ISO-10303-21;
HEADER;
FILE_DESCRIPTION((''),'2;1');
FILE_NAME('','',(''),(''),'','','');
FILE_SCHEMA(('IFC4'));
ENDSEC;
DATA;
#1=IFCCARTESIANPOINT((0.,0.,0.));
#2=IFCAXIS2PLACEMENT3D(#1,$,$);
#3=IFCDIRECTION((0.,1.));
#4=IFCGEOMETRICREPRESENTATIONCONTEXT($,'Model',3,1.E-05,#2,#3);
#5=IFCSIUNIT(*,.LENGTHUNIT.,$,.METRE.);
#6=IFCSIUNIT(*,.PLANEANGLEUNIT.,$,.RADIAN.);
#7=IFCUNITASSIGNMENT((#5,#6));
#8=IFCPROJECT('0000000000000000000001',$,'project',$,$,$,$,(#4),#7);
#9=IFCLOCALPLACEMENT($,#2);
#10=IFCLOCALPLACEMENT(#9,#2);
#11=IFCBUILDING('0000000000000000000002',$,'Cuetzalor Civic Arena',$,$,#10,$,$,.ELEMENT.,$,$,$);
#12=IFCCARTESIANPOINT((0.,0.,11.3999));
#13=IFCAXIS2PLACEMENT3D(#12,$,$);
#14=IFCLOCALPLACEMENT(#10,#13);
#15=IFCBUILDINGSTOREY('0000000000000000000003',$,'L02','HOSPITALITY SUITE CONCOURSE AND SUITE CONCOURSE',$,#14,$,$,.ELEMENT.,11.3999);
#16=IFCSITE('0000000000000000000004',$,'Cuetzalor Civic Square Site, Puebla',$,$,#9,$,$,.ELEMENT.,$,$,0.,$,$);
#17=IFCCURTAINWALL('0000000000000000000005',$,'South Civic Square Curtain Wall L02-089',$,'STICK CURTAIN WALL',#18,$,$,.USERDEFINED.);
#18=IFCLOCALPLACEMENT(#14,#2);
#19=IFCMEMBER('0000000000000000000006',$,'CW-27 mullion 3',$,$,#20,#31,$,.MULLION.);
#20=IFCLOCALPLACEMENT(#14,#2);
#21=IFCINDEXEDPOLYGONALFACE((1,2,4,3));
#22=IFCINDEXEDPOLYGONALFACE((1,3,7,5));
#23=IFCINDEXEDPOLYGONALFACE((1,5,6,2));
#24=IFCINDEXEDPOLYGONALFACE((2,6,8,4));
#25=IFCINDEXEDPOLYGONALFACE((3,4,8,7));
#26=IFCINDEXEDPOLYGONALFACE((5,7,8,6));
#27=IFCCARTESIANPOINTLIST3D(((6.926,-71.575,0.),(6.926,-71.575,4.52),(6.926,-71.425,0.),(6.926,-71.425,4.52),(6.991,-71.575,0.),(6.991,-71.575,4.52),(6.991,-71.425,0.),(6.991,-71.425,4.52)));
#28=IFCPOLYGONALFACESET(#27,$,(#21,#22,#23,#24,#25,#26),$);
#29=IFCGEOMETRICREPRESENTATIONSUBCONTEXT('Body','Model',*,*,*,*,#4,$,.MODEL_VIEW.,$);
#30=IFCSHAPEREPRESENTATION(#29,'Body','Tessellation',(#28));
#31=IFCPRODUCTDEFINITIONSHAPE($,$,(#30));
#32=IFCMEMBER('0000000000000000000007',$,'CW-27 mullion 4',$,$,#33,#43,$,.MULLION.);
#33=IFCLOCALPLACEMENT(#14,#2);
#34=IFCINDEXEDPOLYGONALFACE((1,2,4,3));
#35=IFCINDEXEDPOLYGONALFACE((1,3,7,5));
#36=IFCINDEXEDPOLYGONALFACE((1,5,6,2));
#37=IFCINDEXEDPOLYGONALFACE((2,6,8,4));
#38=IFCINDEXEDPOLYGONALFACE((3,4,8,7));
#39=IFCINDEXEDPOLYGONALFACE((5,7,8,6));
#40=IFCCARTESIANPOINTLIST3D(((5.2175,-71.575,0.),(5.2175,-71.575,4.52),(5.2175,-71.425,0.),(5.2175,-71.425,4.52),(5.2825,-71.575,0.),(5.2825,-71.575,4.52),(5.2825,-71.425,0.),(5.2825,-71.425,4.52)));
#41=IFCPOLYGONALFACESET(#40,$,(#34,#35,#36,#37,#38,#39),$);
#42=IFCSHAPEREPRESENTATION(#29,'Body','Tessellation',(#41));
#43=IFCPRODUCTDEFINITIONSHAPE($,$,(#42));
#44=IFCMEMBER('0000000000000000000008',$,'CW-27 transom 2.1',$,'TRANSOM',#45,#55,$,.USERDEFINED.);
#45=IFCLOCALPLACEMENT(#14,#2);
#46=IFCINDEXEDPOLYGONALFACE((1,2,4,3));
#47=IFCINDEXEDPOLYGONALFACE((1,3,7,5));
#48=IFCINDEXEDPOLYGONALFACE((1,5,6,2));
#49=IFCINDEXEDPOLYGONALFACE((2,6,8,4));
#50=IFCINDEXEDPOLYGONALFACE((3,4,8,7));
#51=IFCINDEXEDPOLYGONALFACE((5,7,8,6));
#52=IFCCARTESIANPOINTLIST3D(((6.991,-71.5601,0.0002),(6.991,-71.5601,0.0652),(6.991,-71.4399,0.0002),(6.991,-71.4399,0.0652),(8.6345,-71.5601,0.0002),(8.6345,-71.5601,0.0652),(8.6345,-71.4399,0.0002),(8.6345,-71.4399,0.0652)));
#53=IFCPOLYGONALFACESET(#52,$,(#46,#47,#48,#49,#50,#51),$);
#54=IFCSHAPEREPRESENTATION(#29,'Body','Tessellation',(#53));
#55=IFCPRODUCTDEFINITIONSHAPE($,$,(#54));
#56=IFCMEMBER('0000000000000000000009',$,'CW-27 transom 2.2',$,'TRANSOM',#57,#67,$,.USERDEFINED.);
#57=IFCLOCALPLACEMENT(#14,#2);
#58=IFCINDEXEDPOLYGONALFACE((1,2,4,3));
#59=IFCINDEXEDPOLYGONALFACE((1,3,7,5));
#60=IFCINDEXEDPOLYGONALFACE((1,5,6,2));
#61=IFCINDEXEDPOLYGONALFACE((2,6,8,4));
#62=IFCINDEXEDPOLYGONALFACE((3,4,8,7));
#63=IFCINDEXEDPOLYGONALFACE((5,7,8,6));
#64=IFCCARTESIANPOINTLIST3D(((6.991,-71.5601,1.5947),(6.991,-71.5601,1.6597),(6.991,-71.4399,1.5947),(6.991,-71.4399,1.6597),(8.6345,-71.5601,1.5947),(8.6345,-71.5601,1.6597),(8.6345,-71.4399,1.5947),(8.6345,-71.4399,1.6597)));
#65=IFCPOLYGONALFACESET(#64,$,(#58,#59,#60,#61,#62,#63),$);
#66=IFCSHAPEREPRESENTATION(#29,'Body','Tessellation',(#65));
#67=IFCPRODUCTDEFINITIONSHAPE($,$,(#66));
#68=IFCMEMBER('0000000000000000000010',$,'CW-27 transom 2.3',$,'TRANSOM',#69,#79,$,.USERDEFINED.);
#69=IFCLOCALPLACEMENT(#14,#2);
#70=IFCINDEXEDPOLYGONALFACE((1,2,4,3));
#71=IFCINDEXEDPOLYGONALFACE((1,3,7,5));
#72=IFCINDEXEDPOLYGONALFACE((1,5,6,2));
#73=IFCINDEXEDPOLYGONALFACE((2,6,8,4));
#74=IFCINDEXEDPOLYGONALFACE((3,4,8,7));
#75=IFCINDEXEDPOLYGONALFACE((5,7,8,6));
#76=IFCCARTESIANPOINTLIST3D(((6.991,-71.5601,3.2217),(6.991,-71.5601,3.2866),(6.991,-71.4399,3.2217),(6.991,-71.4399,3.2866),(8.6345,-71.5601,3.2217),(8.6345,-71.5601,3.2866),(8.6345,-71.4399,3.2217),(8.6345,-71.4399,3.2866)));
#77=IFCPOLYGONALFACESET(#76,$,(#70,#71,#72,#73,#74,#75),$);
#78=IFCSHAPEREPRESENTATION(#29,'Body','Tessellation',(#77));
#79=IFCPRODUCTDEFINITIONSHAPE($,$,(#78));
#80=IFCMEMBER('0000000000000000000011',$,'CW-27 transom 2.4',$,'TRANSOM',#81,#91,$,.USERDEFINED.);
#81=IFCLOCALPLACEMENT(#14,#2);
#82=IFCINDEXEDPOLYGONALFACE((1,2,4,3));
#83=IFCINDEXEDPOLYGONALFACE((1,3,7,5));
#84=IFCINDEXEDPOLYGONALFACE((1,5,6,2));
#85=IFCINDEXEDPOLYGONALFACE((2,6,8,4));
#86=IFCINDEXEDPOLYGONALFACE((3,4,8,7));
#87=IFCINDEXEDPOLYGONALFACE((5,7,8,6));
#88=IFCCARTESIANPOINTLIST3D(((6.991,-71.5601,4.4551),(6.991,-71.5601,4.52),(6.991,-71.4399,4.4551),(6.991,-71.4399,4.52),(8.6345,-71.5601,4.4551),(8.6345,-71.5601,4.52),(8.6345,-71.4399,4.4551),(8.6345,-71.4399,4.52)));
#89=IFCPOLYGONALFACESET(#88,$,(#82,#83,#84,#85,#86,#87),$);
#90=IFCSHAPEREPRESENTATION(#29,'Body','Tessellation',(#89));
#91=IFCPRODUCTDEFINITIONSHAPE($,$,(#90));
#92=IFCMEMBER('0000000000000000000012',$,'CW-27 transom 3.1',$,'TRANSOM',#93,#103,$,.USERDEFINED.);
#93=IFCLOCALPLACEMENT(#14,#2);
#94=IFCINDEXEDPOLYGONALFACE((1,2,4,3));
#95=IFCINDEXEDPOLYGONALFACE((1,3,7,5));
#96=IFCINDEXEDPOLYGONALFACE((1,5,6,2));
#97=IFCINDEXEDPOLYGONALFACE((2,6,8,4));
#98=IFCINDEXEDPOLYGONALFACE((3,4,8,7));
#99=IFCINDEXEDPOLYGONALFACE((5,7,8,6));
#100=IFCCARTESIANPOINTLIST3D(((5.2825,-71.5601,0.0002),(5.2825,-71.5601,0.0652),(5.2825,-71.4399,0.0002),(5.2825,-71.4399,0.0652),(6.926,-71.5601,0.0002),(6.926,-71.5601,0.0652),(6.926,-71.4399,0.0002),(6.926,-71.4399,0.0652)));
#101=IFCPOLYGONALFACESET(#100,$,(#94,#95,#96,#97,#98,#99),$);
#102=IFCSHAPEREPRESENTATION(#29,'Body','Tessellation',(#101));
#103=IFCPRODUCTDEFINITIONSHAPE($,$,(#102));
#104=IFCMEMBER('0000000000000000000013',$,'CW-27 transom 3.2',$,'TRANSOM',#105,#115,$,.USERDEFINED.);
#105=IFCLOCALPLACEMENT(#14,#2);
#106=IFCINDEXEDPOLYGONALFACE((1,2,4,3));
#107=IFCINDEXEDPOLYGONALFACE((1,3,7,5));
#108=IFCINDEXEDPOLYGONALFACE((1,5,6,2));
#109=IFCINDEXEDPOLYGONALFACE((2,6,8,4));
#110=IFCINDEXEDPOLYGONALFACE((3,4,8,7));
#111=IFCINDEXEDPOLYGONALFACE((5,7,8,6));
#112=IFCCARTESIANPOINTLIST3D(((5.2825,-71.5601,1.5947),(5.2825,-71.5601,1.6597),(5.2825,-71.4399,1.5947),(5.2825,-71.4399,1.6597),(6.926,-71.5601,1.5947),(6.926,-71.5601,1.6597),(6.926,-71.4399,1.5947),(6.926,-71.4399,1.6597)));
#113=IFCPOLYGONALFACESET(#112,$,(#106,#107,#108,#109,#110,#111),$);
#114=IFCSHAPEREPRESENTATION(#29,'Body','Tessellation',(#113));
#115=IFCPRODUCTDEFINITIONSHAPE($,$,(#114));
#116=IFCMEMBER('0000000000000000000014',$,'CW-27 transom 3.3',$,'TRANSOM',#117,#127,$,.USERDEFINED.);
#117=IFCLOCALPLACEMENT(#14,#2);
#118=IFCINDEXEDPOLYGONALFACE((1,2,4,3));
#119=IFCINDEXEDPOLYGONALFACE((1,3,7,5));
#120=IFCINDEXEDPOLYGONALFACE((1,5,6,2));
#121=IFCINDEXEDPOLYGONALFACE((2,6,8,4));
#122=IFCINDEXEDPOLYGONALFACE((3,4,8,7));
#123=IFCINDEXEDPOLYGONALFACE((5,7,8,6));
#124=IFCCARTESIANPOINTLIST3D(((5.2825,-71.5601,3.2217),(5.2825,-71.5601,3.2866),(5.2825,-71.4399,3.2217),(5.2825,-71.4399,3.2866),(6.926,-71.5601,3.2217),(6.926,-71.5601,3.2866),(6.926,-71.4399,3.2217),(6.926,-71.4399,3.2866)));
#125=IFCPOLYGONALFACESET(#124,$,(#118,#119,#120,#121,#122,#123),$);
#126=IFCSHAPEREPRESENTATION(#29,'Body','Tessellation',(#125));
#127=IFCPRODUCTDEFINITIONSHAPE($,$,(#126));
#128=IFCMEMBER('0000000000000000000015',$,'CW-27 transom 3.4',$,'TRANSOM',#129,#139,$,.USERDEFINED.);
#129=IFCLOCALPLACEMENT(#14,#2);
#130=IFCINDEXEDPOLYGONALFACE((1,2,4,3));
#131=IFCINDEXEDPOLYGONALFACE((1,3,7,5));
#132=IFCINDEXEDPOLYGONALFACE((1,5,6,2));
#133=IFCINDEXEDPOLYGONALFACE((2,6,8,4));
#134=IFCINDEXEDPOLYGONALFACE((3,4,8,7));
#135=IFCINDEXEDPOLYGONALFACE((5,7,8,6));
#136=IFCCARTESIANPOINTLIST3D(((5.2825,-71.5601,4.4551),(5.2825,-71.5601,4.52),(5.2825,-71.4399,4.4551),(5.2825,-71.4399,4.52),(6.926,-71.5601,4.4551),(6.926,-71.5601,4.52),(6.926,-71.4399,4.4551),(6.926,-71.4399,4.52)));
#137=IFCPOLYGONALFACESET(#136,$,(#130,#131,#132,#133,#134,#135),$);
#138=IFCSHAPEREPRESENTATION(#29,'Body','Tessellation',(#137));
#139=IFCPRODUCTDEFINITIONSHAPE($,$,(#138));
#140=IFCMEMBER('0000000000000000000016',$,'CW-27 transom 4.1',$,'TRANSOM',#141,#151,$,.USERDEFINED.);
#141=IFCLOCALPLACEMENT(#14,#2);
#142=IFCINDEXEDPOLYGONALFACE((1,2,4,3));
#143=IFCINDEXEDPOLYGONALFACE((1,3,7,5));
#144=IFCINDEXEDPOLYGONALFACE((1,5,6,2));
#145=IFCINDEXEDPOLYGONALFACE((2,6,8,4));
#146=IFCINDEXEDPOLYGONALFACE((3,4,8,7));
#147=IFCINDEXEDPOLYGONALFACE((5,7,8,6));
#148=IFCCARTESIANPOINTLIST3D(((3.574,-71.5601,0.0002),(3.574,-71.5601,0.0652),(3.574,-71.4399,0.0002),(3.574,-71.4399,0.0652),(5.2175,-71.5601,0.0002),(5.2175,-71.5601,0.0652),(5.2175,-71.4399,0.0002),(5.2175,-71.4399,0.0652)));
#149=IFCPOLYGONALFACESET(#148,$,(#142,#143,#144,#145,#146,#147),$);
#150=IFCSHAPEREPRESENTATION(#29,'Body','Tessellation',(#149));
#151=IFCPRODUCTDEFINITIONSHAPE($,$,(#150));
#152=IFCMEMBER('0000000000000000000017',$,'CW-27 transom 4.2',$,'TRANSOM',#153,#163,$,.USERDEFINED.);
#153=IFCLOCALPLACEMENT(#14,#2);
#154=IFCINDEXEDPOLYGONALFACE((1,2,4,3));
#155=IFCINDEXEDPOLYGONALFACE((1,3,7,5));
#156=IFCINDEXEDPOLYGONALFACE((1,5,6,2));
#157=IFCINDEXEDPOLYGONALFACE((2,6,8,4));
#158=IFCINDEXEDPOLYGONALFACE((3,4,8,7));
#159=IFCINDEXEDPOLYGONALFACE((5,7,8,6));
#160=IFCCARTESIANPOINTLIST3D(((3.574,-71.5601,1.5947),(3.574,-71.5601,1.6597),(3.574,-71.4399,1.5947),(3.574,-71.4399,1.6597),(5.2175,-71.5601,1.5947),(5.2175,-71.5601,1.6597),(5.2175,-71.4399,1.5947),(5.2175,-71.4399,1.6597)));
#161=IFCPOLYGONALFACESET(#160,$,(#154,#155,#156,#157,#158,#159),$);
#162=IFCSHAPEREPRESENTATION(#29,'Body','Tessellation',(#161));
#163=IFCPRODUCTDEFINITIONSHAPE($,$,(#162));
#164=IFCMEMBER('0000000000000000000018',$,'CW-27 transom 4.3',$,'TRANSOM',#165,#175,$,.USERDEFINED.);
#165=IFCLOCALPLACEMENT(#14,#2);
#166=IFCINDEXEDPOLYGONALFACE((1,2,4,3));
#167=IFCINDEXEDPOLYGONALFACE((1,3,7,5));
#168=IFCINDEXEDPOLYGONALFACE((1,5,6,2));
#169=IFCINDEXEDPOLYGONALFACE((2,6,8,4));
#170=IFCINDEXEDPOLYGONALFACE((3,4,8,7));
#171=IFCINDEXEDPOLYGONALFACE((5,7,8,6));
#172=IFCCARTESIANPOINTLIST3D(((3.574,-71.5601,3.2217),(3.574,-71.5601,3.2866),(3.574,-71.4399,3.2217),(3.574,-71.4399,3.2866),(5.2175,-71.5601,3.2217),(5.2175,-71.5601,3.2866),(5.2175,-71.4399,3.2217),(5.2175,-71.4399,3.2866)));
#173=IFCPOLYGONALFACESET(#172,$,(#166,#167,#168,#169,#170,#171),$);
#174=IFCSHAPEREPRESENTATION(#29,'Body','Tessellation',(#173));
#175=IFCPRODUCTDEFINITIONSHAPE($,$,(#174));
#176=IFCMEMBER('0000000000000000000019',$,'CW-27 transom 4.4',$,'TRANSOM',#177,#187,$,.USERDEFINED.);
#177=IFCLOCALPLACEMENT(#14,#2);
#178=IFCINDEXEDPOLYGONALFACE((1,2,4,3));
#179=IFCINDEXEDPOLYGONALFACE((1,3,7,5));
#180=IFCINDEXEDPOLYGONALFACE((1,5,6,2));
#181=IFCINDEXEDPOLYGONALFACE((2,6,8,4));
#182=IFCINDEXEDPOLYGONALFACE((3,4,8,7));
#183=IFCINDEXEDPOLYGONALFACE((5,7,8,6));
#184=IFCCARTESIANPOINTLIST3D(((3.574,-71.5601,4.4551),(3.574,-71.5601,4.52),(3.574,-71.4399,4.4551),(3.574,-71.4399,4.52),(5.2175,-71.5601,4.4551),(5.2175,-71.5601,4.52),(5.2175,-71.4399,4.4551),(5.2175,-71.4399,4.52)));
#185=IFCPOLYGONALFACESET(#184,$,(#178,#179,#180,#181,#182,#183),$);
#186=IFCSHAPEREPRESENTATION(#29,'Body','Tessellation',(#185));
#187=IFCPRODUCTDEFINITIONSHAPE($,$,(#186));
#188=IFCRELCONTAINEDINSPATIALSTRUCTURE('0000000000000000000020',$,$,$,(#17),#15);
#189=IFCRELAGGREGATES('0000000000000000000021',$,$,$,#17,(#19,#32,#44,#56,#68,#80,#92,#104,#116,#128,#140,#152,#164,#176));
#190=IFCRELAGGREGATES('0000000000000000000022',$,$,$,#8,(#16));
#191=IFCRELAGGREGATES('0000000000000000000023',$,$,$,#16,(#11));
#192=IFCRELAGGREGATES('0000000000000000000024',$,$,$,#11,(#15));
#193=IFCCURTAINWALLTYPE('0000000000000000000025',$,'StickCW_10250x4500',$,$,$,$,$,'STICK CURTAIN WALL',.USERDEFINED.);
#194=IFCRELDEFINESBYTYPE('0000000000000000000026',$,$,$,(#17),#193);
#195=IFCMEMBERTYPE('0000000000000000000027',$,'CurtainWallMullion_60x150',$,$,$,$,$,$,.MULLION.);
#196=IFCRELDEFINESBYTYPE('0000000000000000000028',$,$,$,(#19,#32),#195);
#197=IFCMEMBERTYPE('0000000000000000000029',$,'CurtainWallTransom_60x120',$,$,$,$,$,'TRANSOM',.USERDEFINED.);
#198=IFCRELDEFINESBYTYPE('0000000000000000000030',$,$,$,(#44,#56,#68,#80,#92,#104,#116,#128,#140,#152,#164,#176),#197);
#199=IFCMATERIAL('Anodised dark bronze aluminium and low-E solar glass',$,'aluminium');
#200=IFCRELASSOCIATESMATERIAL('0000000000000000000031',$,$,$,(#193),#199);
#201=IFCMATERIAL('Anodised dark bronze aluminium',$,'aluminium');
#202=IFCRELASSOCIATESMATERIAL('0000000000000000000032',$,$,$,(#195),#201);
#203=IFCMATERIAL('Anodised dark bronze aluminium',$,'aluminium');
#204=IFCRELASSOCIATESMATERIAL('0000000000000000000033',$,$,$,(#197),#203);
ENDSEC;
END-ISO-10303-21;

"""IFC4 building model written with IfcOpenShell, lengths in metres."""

from ifc_helpers import new_model, si_unit, direction, frame, origin, origin_2d, place, context, subcontext, project, spatial, rectangle, extrude, material, material_profile, profile_set, type_object, element, aggregate, save


model = new_model("IFC4")

# Units and contexts
model_context = context("Model", 3, precision=1e-05, world=origin(), true_north=direction((0.0, 1.0)))
body_context = subcontext(model_context, "Body", "Model", "MODEL_VIEW")
ifc_project = project(units=[si_unit("LENGTHUNIT", "METRE"), si_unit("PLANEANGLEUNIT", "RADIAN")], contexts=[model_context])

# Site, building, storey
site_placement = place(None, origin())
site = spatial("IfcSite", under=ifc_project, at=site_placement, Name="Cuetzalor Civic Square Site, Puebla", CompositionType="ELEMENT", RefElevation=0.0)
building_placement = place(site_placement, origin())
building = spatial("IfcBuilding", under=site, at=building_placement, Name="Cuetzalor Civic Arena", CompositionType="ELEMENT")
storey_placement = place(building_placement, frame((0.0, 0.0, 11.3999)))
storey = spatial("IfcBuildingStorey", under=building, at=storey_placement, Name="L02", Description="HOSPITALITY SUITE CONCOURSE AND SUITE CONCOURSE", CompositionType="ELEMENT", Elevation=11.3999)

# Curtain wall, members
ifc_material_1 = material(Name="Anodised dark bronze aluminium and low-E solar glass", Category="aluminium")
curtain_wall_type = type_object("IfcCurtainWallType", Name="StickCW_10250x4500", ElementType="STICK CURTAIN WALL", PredefinedType="USERDEFINED", material=ifc_material_1)
curtain_wall_placement = place(storey_placement, origin())
curtain_wall = element("IfcCurtainWall", 1, at=curtain_wall_placement, inside=storey, type_object=curtain_wall_type, Name="South Civic Square Curtain Wall L02-089", ObjectType="STICK CURTAIN WALL", PredefinedType="USERDEFINED")
ifc_material_2 = material(Name="Anodised dark bronze aluminium", Category="aluminium")
ifc_material_profile_1 = material_profile(ifc_material_2, rectangle(XDim=0.0649, YDim=0.1499, at=origin_2d()), Name="ALU MULLION 65x150")
ifc_profile_set_1 = profile_set([ifc_material_profile_1], Name="Anodised dark bronze aluminium")
member_type_1 = type_object("IfcMemberType", Name="CurtainWallMullion_60x150", PredefinedType="MULLION", material=ifc_profile_set_1)
member_1_placement = place(storey_placement, frame((6.9585, -71.5, 0.0), z_axis=(0.0, 0.0, 1.0), x_axis=(-1.0, 0.0, 0.0)))
member_1 = element("IfcMember", 2, at=member_1_placement, type_object=member_type_1, Name="CW-27 mullion 3", PredefinedType="MULLION", context=body_context, shape_type="SweptSolid", body=[
    extrude(rectangle(XDim=0.0649, YDim=0.1499, at=origin_2d()), origin(), (0.0, 0.0, 1.0), 4.52),
])
member_2_placement = place(storey_placement, frame((5.25, -71.5, 0.0), z_axis=(0.0, 0.0, 1.0), x_axis=(-1.0, 0.0, 0.0)))
member_2 = element("IfcMember", 3, at=member_2_placement, type_object=member_type_1, Name="CW-27 mullion 4", PredefinedType="MULLION", context=body_context, shape_type="SweptSolid", body=[
    extrude(rectangle(XDim=0.0649, YDim=0.1499, at=origin_2d()), origin(), (0.0, 0.0, 1.0), 4.52),
])
ifc_material_3 = material(Name="Anodised dark bronze aluminium", Category="aluminium")
ifc_material_profile_2 = material_profile(ifc_material_3, rectangle(XDim=0.1201, YDim=0.0649, at=origin_2d()), Name="ALU TRANSOM 65x120")
ifc_profile_set_2 = profile_set([ifc_material_profile_2], Name="Anodised dark bronze aluminium")
member_type_2 = type_object("IfcMemberType", Name="CurtainWallTransom_60x120", ElementType="TRANSOM", PredefinedType="USERDEFINED", material=ifc_profile_set_2)
member_3_placement = place(storey_placement, frame((8.6345, -71.5, 0.0327), z_axis=(-1.0, 0.0, 0.0), x_axis=(0.0, -1.0, 0.0)))
member_3 = element("IfcMember", 4, at=member_3_placement, type_object=member_type_2, Name="CW-27 transom 2.1", ObjectType="TRANSOM", PredefinedType="USERDEFINED", context=body_context, shape_type="SweptSolid", body=[
    extrude(rectangle(XDim=0.1201, YDim=0.0649, at=origin_2d()), origin(), (0.0, 0.0, 1.0), 1.6436),
])
member_4_placement = place(storey_placement, frame((8.6345, -71.5, 1.6272), z_axis=(-1.0, 0.0, 0.0), x_axis=(0.0, -1.0, 0.0)))
member_4 = element("IfcMember", 5, at=member_4_placement, type_object=member_type_2, Name="CW-27 transom 2.2", ObjectType="TRANSOM", PredefinedType="USERDEFINED", context=body_context, shape_type="SweptSolid", body=[
    extrude(rectangle(XDim=0.1201, YDim=0.0649, at=origin_2d()), origin(), (0.0, 0.0, 1.0), 1.6436),
])
member_5_placement = place(storey_placement, frame((8.6345, -71.5, 3.2542), z_axis=(-1.0, 0.0, 0.0), x_axis=(0.0, -1.0, 0.0)))
member_5 = element("IfcMember", 6, at=member_5_placement, type_object=member_type_2, Name="CW-27 transom 2.3", ObjectType="TRANSOM", PredefinedType="USERDEFINED", context=body_context, shape_type="SweptSolid", body=[
    extrude(rectangle(XDim=0.1201, YDim=0.0649, at=origin_2d()), origin(), (0.0, 0.0, 1.0), 1.6436),
])
member_6_placement = place(storey_placement, frame((8.6345, -71.5, 4.4875), z_axis=(-1.0, 0.0, 0.0), x_axis=(0.0, -1.0, 0.0)))
member_6 = element("IfcMember", 7, at=member_6_placement, type_object=member_type_2, Name="CW-27 transom 2.4", ObjectType="TRANSOM", PredefinedType="USERDEFINED", context=body_context, shape_type="SweptSolid", body=[
    extrude(rectangle(XDim=0.1201, YDim=0.0649, at=origin_2d()), origin(), (0.0, 0.0, 1.0), 1.6436),
])
member_7_placement = place(storey_placement, frame((6.926, -71.5, 0.0327), z_axis=(-1.0, 0.0, 0.0), x_axis=(0.0, -1.0, 0.0)))
member_7 = element("IfcMember", 8, at=member_7_placement, type_object=member_type_2, Name="CW-27 transom 3.1", ObjectType="TRANSOM", PredefinedType="USERDEFINED", context=body_context, shape_type="SweptSolid", body=[
    extrude(rectangle(XDim=0.1201, YDim=0.0649, at=origin_2d()), origin(), (0.0, 0.0, 1.0), 1.6436),
])
member_8_placement = place(storey_placement, frame((6.926, -71.5, 1.6272), z_axis=(-1.0, 0.0, 0.0), x_axis=(0.0, -1.0, 0.0)))
member_8 = element("IfcMember", 9, at=member_8_placement, type_object=member_type_2, Name="CW-27 transom 3.2", ObjectType="TRANSOM", PredefinedType="USERDEFINED", context=body_context, shape_type="SweptSolid", body=[
    extrude(rectangle(XDim=0.1201, YDim=0.0649, at=origin_2d()), origin(), (0.0, 0.0, 1.0), 1.6436),
])
member_9_placement = place(storey_placement, frame((6.926, -71.5, 3.2542), z_axis=(-1.0, 0.0, 0.0), x_axis=(0.0, -1.0, 0.0)))
member_9 = element("IfcMember", 10, at=member_9_placement, type_object=member_type_2, Name="CW-27 transom 3.3", ObjectType="TRANSOM", PredefinedType="USERDEFINED", context=body_context, shape_type="SweptSolid", body=[
    extrude(rectangle(XDim=0.1201, YDim=0.0649, at=origin_2d()), origin(), (0.0, 0.0, 1.0), 1.6436),
])
member_10_placement = place(storey_placement, frame((6.926, -71.5, 4.4875), z_axis=(-1.0, 0.0, 0.0), x_axis=(0.0, -1.0, 0.0)))
member_10 = element("IfcMember", 11, at=member_10_placement, type_object=member_type_2, Name="CW-27 transom 3.4", ObjectType="TRANSOM", PredefinedType="USERDEFINED", context=body_context, shape_type="SweptSolid", body=[
    extrude(rectangle(XDim=0.1201, YDim=0.0649, at=origin_2d()), origin(), (0.0, 0.0, 1.0), 1.6436),
])
member_11_placement = place(storey_placement, frame((5.2175, -71.5, 0.0327), z_axis=(-1.0, 0.0, 0.0), x_axis=(0.0, -1.0, 0.0)))
member_11 = element("IfcMember", 12, at=member_11_placement, type_object=member_type_2, Name="CW-27 transom 4.1", ObjectType="TRANSOM", PredefinedType="USERDEFINED", context=body_context, shape_type="SweptSolid", body=[
    extrude(rectangle(XDim=0.1201, YDim=0.0649, at=origin_2d()), origin(), (0.0, 0.0, 1.0), 1.6436),
])
member_12_placement = place(storey_placement, frame((5.2175, -71.5, 1.6272), z_axis=(-1.0, 0.0, 0.0), x_axis=(0.0, -1.0, 0.0)))
member_12 = element("IfcMember", 13, at=member_12_placement, type_object=member_type_2, Name="CW-27 transom 4.2", ObjectType="TRANSOM", PredefinedType="USERDEFINED", context=body_context, shape_type="SweptSolid", body=[
    extrude(rectangle(XDim=0.1201, YDim=0.0649, at=origin_2d()), origin(), (0.0, 0.0, 1.0), 1.6436),
])
member_13_placement = place(storey_placement, frame((5.2175, -71.5, 3.2542), z_axis=(-1.0, 0.0, 0.0), x_axis=(0.0, -1.0, 0.0)))
member_13 = element("IfcMember", 14, at=member_13_placement, type_object=member_type_2, Name="CW-27 transom 4.3", ObjectType="TRANSOM", PredefinedType="USERDEFINED", context=body_context, shape_type="SweptSolid", body=[
    extrude(rectangle(XDim=0.1201, YDim=0.0649, at=origin_2d()), origin(), (0.0, 0.0, 1.0), 1.6436),
])
member_14_placement = place(storey_placement, frame((5.2175, -71.5, 4.4875), z_axis=(-1.0, 0.0, 0.0), x_axis=(0.0, -1.0, 0.0)))
member_14 = element("IfcMember", 15, at=member_14_placement, type_object=member_type_2, Name="CW-27 transom 4.4", ObjectType="TRANSOM", PredefinedType="USERDEFINED", context=body_context, shape_type="SweptSolid", body=[
    extrude(rectangle(XDim=0.1201, YDim=0.0649, at=origin_2d()), origin(), (0.0, 0.0, 1.0), 1.6436),
])
aggregate(curtain_wall, [member_1, member_2, member_3, member_4, member_5, member_6, member_7, member_8, member_9, member_10, member_11, member_12, member_13, member_14])

save(model, "model.ifc")
